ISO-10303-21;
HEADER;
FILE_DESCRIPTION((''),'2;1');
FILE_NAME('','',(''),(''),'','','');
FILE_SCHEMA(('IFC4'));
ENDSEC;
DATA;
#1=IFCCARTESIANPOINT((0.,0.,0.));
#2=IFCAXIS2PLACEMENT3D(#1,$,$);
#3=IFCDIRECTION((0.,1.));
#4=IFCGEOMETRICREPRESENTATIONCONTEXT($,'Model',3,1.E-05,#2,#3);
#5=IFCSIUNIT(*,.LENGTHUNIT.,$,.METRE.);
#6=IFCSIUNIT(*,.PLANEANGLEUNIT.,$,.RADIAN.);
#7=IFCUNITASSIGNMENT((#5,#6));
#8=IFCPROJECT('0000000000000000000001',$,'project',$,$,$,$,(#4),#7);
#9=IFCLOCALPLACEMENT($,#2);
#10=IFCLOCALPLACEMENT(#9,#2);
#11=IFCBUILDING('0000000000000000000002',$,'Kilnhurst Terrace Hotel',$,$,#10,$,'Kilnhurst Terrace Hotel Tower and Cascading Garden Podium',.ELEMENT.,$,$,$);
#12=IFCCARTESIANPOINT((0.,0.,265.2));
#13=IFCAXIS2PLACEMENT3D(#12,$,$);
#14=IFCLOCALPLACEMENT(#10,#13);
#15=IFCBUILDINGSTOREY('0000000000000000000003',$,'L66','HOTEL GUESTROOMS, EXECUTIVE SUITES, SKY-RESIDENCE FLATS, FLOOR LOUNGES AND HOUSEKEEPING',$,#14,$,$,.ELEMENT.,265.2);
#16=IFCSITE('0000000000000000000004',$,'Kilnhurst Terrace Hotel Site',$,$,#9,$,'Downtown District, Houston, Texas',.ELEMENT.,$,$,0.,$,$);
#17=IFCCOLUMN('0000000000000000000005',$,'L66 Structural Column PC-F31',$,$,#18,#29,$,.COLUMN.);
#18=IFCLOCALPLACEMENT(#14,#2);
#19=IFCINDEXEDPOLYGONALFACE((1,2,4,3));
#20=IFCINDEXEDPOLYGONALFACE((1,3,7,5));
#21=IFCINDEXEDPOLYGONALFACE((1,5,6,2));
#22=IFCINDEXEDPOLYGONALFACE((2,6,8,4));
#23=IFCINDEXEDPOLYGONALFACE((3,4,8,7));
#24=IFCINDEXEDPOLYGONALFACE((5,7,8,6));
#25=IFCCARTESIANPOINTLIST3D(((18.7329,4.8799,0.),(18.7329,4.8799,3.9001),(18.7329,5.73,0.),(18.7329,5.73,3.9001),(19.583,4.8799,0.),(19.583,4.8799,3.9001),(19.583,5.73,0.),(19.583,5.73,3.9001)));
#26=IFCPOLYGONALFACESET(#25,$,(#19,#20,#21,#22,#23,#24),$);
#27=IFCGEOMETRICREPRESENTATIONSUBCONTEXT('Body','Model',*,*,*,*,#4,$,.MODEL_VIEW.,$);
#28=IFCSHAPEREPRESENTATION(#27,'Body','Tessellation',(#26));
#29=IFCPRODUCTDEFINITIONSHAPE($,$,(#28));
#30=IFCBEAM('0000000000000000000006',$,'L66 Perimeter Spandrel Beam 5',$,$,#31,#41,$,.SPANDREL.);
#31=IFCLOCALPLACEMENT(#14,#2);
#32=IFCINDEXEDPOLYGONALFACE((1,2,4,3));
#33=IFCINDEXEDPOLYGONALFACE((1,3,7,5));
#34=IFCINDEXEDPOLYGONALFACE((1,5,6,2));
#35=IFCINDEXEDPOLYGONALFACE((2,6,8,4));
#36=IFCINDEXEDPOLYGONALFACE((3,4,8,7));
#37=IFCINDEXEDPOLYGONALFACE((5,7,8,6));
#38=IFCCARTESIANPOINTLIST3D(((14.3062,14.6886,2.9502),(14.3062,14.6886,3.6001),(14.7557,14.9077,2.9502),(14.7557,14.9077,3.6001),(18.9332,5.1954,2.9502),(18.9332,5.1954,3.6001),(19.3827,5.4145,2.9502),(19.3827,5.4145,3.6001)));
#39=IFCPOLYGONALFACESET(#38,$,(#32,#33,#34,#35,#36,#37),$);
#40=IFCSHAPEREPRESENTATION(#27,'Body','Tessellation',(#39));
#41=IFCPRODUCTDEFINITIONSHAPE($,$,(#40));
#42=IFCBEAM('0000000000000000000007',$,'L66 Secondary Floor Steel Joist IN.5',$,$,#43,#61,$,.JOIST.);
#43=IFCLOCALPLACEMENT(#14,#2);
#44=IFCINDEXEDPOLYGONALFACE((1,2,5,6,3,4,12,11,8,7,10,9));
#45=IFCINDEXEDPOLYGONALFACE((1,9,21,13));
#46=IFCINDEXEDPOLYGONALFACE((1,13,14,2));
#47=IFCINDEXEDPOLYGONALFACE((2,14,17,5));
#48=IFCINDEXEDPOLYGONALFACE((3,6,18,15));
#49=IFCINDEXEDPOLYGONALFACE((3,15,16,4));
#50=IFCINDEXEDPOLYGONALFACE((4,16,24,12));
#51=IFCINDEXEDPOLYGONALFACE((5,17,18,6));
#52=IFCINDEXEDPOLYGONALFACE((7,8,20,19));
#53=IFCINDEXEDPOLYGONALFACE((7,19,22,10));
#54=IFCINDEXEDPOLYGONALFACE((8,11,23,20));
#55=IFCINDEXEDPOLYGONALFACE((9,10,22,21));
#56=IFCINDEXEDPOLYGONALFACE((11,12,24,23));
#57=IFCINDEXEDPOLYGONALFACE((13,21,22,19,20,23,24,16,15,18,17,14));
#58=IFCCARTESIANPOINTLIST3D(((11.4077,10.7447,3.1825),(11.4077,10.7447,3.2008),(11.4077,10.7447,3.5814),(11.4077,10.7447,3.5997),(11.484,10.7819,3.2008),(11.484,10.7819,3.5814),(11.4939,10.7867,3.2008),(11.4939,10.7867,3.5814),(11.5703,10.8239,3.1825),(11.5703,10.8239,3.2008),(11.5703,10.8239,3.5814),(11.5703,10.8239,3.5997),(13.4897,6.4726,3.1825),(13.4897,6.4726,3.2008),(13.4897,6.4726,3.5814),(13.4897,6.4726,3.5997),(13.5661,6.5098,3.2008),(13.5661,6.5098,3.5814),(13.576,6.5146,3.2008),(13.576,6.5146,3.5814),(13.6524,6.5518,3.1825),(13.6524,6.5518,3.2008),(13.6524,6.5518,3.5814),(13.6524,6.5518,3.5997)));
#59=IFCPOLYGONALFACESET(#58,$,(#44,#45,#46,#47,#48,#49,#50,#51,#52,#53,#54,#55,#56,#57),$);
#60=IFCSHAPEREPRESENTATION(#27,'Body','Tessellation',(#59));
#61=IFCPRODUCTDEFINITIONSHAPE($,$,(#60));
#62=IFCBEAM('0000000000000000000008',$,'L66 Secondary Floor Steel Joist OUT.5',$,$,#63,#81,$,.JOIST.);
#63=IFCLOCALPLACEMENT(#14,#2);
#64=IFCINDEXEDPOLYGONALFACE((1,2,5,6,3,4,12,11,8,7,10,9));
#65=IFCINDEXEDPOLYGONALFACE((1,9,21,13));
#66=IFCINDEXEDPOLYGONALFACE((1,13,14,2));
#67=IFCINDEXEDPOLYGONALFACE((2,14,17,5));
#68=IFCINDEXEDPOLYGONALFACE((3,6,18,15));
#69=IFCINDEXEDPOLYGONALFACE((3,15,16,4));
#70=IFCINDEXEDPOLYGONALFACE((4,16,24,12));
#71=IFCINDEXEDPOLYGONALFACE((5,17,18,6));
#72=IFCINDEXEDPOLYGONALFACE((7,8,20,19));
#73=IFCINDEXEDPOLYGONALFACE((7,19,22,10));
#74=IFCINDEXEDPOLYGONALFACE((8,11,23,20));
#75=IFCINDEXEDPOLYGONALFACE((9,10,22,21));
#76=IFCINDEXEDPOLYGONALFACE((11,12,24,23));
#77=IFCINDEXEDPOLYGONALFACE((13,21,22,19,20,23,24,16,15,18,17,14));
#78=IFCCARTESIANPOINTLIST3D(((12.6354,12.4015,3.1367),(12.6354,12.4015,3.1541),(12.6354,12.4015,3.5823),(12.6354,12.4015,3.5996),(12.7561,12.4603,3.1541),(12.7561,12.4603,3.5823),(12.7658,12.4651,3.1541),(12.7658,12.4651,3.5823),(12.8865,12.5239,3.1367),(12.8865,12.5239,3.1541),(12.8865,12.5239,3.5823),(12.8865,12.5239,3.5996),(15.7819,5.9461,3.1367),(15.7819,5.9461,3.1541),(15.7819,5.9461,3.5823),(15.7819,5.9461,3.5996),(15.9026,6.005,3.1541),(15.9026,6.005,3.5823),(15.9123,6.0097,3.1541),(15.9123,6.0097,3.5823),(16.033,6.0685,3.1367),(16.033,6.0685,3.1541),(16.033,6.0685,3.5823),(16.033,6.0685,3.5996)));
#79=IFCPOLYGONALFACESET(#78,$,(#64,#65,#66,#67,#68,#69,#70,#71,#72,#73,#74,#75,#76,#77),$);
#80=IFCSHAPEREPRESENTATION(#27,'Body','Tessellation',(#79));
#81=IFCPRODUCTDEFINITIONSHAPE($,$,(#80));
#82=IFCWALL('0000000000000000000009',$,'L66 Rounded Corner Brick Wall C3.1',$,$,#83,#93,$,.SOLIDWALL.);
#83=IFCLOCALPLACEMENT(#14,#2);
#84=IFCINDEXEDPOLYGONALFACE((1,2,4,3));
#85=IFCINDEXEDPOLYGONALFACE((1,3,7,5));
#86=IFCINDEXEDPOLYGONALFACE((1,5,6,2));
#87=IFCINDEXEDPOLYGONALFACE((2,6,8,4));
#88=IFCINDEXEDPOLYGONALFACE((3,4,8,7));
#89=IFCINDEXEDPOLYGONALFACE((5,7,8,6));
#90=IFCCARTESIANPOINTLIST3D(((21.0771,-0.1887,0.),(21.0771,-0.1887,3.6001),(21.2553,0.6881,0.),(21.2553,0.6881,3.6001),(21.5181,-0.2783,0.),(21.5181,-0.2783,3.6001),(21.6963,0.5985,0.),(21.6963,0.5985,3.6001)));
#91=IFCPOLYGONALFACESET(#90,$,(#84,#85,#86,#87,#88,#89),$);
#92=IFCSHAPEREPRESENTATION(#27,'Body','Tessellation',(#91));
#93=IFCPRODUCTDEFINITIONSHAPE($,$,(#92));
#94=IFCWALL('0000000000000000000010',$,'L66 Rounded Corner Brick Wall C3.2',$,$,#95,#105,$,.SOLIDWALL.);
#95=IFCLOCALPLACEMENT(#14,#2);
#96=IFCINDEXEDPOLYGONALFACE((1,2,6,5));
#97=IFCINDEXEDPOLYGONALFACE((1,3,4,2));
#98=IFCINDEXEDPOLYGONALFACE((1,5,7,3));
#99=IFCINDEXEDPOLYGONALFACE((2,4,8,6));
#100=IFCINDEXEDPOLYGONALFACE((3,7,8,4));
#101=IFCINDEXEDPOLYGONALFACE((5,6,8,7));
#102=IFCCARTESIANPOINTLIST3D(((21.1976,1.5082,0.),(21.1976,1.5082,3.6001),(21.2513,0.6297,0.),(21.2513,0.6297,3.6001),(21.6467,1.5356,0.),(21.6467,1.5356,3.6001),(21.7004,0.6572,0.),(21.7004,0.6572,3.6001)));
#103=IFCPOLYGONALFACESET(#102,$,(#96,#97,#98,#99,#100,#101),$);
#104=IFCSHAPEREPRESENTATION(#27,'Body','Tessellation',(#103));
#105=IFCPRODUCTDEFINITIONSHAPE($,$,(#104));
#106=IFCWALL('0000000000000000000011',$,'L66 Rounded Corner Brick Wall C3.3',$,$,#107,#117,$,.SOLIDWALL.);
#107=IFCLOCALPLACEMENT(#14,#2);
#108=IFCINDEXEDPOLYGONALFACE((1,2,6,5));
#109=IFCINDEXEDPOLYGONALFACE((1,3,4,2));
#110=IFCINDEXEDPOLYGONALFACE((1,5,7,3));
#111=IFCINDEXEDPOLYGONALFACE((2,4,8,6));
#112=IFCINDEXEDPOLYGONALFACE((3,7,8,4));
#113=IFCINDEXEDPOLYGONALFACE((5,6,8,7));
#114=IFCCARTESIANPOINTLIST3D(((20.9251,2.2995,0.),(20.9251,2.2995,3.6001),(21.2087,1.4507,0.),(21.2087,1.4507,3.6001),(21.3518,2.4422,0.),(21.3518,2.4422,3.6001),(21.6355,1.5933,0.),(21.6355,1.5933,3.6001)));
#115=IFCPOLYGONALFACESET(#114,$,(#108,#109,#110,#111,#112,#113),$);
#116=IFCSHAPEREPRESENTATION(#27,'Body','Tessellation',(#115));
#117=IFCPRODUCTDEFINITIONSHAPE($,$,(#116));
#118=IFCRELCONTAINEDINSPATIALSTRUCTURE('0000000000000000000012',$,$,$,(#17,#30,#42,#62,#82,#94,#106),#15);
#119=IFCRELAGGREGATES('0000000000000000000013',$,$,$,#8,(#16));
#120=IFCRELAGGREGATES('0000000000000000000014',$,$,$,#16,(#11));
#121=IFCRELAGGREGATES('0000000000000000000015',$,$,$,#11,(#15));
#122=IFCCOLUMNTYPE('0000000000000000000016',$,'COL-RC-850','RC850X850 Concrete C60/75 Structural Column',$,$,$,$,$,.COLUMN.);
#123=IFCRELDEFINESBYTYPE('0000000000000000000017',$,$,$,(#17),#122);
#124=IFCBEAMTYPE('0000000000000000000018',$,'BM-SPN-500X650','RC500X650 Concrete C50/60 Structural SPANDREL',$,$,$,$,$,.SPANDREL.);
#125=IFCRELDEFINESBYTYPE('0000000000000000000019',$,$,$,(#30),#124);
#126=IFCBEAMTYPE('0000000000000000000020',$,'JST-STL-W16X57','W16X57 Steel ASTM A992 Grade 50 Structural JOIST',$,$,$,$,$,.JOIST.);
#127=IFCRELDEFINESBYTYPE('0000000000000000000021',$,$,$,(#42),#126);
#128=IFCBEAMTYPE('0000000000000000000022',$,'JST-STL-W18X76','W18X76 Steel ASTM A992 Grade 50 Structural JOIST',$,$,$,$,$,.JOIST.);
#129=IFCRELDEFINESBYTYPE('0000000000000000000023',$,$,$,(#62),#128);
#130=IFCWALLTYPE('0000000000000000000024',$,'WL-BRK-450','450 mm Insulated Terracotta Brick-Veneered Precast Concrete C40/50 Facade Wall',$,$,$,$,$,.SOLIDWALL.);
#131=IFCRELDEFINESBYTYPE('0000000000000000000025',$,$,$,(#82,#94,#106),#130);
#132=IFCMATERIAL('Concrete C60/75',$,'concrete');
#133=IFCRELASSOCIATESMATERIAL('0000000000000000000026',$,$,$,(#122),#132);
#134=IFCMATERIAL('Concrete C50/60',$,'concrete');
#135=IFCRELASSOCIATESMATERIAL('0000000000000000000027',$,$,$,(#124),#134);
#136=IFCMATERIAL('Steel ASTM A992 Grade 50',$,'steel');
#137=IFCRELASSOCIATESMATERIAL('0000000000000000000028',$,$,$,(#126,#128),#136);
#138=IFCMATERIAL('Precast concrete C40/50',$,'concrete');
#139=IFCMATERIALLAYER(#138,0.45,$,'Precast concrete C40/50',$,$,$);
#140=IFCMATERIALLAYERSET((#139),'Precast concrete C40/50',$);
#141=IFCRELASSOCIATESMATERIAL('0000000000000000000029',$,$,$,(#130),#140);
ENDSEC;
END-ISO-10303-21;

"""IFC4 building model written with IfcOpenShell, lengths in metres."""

from ifc_helpers import new_model, si_unit, direction, frame, frame_2d, origin, origin_2d, place, context, subcontext, project, spatial, rectangle, i_section, extrude, material, layer, layer_set, material_profile, profile_set, type_object, element, save


model = new_model("IFC4")

# Units and contexts
model_context = context("Model", 3, precision=1e-05, world=origin(), true_north=direction((0.0, 1.0)))
body_context = subcontext(model_context, "Body", "Model", "MODEL_VIEW")
ifc_project = project(units=[si_unit("LENGTHUNIT", "METRE"), si_unit("PLANEANGLEUNIT", "RADIAN")], contexts=[model_context])

# Site, building, storey
site_placement = place(None, origin())
site = spatial("IfcSite", under=ifc_project, at=site_placement, Name="Kilnhurst Terrace Hotel Site", LongName="Downtown District, Houston, Texas", CompositionType="ELEMENT", RefElevation=0.0)
building_placement = place(site_placement, origin())
building = spatial("IfcBuilding", under=site, at=building_placement, Name="Kilnhurst Terrace Hotel", LongName="Kilnhurst Terrace Hotel Tower and Cascading Garden Podium", CompositionType="ELEMENT")
storey_placement = place(building_placement, frame((0.0, 0.0, 265.2)))
storey = spatial("IfcBuildingStorey", under=building, at=storey_placement, Name="L66", Description="HOTEL GUESTROOMS, EXECUTIVE SUITES, SKY-RESIDENCE FLATS, FLOOR LOUNGES AND HOUSEKEEPING", CompositionType="ELEMENT", Elevation=265.2)

# Column
ifc_material_1 = material(Name="Concrete C60/75", Category="concrete")
ifc_material_profile_1 = material_profile(ifc_material_1, rectangle(XDim=0.8501, YDim=0.8501, at=origin_2d()), Name="RC850X850")
ifc_profile_set_1 = profile_set([ifc_material_profile_1], Name="Concrete C60/75")
column_type = type_object("IfcColumnType", Name="COL-RC-850", Description="RC850X850 Concrete C60/75 Structural Column", PredefinedType="COLUMN", material=ifc_profile_set_1)
column_placement = place(storey_placement, frame((19.158, 5.3049, 0.0), z_axis=(0.0, 0.0, 1.0), x_axis=(1.0, 0.0, 0.0)))
element("IfcColumn", 1, at=column_placement, inside=storey, type_object=column_type, Name="L66 Structural Column PC-F31", PredefinedType="COLUMN", context=body_context, shape_type="SweptSolid", body=[
    extrude(rectangle(XDim=0.8501, YDim=0.8501, at=origin_2d()), origin(), (0.0, 0.0, 1.0), 3.9001),
])

# Beams
ifc_material_2 = material(Name="Concrete C50/60", Category="concrete")
ifc_material_profile_2 = material_profile(ifc_material_2, rectangle(XDim=0.5, YDim=0.6499, at=origin_2d()), Name="RC500X650")
ifc_profile_set_2 = profile_set([ifc_material_profile_2], Name="Concrete C50/60")
beam_type_1 = type_object("IfcBeamType", Name="BM-SPN-500X650", Description="RC500X650 Concrete C50/60 Structural SPANDREL", PredefinedType="SPANDREL", material=ifc_profile_set_2)
beam_1_placement = place(storey_placement, frame((19.158, 5.3049, 3.2751), z_axis=(-0.438128, 0.898912, 0.0), x_axis=(-0.898912, -0.438128, 0.0)))
element("IfcBeam", 2, at=beam_1_placement, inside=storey, type_object=beam_type_1, Name="L66 Perimeter Spandrel Beam 5", PredefinedType="SPANDREL", context=body_context, shape_type="SweptSolid", body=[
    extrude(rectangle(XDim=0.5, YDim=0.6499, at=origin_2d()), origin(), (0.0, 0.0, 1.0), 10.5608),
])
ifc_material_3 = material(Name="Steel ASTM A992 Grade 50", Category="steel")
ifc_material_profile_3 = material_profile(ifc_material_3, i_section(OverallWidth=0.1809, OverallDepth=0.4172, WebThickness=0.011, FlangeThickness=0.0183, at=origin_2d()), Name="W16X57")
ifc_profile_set_3 = profile_set([ifc_material_profile_3], Name="Steel ASTM A992 Grade 50")
beam_type_2 = type_object("IfcBeamType", Name="JST-STL-W16X57", Description="W16X57 Steel ASTM A992 Grade 50 Structural JOIST", PredefinedType="JOIST", material=ifc_profile_set_3)
beam_2_placement = place(storey_placement, frame((13.571, 6.5122, 3.3911), z_axis=(-0.438108, 0.898922, 0.0), x_axis=(-0.898922, -0.438108, 0.0)))
element("IfcBeam", 3, at=beam_2_placement, inside=storey, type_object=beam_type_2, Name="L66 Secondary Floor Steel Joist IN.5", PredefinedType="JOIST", context=body_context, shape_type="SweptSolid", body=[
    extrude(i_section(OverallWidth=0.1809, OverallDepth=0.4172, WebThickness=0.011, FlangeThickness=0.0183, at=origin_2d()), origin(), (0.0, 0.0, 1.0), 4.7524),
])
ifc_material_profile_4 = material_profile(ifc_material_3, i_section(OverallWidth=0.2793, OverallDepth=0.4629, WebThickness=0.0107, FlangeThickness=0.0173, at=origin_2d()), Name="W18X76")
ifc_profile_set_4 = profile_set([ifc_material_profile_4], Name="Steel ASTM A992 Grade 50")
beam_type_3 = type_object("IfcBeamType", Name="JST-STL-W18X76", Description="W18X76 Steel ASTM A992 Grade 50 Structural JOIST", PredefinedType="JOIST", material=ifc_profile_set_4)
beam_3_placement = place(storey_placement, frame((15.9075, 6.0073, 3.3682), z_axis=(-0.438148, 0.898903, 0.0), x_axis=(-0.898903, -0.438148, 0.0)))
element("IfcBeam", 4, at=beam_3_placement, inside=storey, type_object=beam_type_3, Name="L66 Secondary Floor Steel Joist OUT.5", PredefinedType="JOIST", context=body_context, shape_type="SweptSolid", body=[
    extrude(i_section(OverallWidth=0.2793, OverallDepth=0.4629, WebThickness=0.0107, FlangeThickness=0.0173, at=origin_2d()), origin(), (0.0, 0.0, 1.0), 7.1814),
])

# Walls
ifc_material_4 = material(Name="Precast concrete C40/50", Category="concrete")
ifc_layer_1 = layer(ifc_material_4, 0.45, Name="Precast concrete C40/50")
ifc_layer_set_1 = layer_set([ifc_layer_1], Name="Precast concrete C40/50")
wall_type_1 = type_object("IfcWallType", Name="WL-BRK-450", Description="450 mm Insulated Terracotta Brick-Veneered Precast Concrete C40/50 Facade Wall", PredefinedType="SOLIDWALL", material=ifc_layer_set_1)
wall_1_placement = place(storey_placement, frame((21.2976, -0.2334, 0.0), z_axis=(0.0, 0.0, 1.0), x_axis=(0.199158, 0.979967, 0.0)))
element("IfcWall", 5, at=wall_1_placement, inside=storey, type_object=wall_type_1, Name="L66 Rounded Corner Brick Wall C3.1", PredefinedType="SOLIDWALL", context=body_context, shape_type="SweptSolid", body=[
    extrude(rectangle(XDim=0.8948, YDim=0.45, at=frame_2d((0.4473, 0.0))), origin(), (0.0, 0.0, 1.0), 3.6001),
])
wall_2_placement = place(storey_placement, frame((21.4758, 0.6436, 0.0), z_axis=(0.0, 0.0, 1.0), x_axis=(-0.061031, 0.998136, 0.0)))
element("IfcWall", 6, at=wall_2_placement, inside=storey, type_object=wall_type_1, Name="L66 Rounded Corner Brick Wall C3.2", PredefinedType="SOLIDWALL", context=body_context, shape_type="SweptSolid", body=[
    extrude(rectangle(XDim=0.8801, YDim=0.45, at=frame_2d((0.4399, 0.0))), origin(), (0.0, 0.0, 1.0), 3.6001),
])
wall_3_placement = place(storey_placement, frame((21.4221, 1.522, 0.0), z_axis=(0.0, 0.0, 1.0), x_axis=(-0.316964, 0.948438, 0.0)))
element("IfcWall", 7, at=wall_3_placement, inside=storey, type_object=wall_type_1, Name="L66 Rounded Corner Brick Wall C3.3", PredefinedType="SOLIDWALL", context=body_context, shape_type="SweptSolid", body=[
    extrude(rectangle(XDim=0.895, YDim=0.45, at=frame_2d((0.4475, 0.0))), origin(), (0.0, 0.0, 1.0), 3.6001),
])

save(model, "model.ifc")
